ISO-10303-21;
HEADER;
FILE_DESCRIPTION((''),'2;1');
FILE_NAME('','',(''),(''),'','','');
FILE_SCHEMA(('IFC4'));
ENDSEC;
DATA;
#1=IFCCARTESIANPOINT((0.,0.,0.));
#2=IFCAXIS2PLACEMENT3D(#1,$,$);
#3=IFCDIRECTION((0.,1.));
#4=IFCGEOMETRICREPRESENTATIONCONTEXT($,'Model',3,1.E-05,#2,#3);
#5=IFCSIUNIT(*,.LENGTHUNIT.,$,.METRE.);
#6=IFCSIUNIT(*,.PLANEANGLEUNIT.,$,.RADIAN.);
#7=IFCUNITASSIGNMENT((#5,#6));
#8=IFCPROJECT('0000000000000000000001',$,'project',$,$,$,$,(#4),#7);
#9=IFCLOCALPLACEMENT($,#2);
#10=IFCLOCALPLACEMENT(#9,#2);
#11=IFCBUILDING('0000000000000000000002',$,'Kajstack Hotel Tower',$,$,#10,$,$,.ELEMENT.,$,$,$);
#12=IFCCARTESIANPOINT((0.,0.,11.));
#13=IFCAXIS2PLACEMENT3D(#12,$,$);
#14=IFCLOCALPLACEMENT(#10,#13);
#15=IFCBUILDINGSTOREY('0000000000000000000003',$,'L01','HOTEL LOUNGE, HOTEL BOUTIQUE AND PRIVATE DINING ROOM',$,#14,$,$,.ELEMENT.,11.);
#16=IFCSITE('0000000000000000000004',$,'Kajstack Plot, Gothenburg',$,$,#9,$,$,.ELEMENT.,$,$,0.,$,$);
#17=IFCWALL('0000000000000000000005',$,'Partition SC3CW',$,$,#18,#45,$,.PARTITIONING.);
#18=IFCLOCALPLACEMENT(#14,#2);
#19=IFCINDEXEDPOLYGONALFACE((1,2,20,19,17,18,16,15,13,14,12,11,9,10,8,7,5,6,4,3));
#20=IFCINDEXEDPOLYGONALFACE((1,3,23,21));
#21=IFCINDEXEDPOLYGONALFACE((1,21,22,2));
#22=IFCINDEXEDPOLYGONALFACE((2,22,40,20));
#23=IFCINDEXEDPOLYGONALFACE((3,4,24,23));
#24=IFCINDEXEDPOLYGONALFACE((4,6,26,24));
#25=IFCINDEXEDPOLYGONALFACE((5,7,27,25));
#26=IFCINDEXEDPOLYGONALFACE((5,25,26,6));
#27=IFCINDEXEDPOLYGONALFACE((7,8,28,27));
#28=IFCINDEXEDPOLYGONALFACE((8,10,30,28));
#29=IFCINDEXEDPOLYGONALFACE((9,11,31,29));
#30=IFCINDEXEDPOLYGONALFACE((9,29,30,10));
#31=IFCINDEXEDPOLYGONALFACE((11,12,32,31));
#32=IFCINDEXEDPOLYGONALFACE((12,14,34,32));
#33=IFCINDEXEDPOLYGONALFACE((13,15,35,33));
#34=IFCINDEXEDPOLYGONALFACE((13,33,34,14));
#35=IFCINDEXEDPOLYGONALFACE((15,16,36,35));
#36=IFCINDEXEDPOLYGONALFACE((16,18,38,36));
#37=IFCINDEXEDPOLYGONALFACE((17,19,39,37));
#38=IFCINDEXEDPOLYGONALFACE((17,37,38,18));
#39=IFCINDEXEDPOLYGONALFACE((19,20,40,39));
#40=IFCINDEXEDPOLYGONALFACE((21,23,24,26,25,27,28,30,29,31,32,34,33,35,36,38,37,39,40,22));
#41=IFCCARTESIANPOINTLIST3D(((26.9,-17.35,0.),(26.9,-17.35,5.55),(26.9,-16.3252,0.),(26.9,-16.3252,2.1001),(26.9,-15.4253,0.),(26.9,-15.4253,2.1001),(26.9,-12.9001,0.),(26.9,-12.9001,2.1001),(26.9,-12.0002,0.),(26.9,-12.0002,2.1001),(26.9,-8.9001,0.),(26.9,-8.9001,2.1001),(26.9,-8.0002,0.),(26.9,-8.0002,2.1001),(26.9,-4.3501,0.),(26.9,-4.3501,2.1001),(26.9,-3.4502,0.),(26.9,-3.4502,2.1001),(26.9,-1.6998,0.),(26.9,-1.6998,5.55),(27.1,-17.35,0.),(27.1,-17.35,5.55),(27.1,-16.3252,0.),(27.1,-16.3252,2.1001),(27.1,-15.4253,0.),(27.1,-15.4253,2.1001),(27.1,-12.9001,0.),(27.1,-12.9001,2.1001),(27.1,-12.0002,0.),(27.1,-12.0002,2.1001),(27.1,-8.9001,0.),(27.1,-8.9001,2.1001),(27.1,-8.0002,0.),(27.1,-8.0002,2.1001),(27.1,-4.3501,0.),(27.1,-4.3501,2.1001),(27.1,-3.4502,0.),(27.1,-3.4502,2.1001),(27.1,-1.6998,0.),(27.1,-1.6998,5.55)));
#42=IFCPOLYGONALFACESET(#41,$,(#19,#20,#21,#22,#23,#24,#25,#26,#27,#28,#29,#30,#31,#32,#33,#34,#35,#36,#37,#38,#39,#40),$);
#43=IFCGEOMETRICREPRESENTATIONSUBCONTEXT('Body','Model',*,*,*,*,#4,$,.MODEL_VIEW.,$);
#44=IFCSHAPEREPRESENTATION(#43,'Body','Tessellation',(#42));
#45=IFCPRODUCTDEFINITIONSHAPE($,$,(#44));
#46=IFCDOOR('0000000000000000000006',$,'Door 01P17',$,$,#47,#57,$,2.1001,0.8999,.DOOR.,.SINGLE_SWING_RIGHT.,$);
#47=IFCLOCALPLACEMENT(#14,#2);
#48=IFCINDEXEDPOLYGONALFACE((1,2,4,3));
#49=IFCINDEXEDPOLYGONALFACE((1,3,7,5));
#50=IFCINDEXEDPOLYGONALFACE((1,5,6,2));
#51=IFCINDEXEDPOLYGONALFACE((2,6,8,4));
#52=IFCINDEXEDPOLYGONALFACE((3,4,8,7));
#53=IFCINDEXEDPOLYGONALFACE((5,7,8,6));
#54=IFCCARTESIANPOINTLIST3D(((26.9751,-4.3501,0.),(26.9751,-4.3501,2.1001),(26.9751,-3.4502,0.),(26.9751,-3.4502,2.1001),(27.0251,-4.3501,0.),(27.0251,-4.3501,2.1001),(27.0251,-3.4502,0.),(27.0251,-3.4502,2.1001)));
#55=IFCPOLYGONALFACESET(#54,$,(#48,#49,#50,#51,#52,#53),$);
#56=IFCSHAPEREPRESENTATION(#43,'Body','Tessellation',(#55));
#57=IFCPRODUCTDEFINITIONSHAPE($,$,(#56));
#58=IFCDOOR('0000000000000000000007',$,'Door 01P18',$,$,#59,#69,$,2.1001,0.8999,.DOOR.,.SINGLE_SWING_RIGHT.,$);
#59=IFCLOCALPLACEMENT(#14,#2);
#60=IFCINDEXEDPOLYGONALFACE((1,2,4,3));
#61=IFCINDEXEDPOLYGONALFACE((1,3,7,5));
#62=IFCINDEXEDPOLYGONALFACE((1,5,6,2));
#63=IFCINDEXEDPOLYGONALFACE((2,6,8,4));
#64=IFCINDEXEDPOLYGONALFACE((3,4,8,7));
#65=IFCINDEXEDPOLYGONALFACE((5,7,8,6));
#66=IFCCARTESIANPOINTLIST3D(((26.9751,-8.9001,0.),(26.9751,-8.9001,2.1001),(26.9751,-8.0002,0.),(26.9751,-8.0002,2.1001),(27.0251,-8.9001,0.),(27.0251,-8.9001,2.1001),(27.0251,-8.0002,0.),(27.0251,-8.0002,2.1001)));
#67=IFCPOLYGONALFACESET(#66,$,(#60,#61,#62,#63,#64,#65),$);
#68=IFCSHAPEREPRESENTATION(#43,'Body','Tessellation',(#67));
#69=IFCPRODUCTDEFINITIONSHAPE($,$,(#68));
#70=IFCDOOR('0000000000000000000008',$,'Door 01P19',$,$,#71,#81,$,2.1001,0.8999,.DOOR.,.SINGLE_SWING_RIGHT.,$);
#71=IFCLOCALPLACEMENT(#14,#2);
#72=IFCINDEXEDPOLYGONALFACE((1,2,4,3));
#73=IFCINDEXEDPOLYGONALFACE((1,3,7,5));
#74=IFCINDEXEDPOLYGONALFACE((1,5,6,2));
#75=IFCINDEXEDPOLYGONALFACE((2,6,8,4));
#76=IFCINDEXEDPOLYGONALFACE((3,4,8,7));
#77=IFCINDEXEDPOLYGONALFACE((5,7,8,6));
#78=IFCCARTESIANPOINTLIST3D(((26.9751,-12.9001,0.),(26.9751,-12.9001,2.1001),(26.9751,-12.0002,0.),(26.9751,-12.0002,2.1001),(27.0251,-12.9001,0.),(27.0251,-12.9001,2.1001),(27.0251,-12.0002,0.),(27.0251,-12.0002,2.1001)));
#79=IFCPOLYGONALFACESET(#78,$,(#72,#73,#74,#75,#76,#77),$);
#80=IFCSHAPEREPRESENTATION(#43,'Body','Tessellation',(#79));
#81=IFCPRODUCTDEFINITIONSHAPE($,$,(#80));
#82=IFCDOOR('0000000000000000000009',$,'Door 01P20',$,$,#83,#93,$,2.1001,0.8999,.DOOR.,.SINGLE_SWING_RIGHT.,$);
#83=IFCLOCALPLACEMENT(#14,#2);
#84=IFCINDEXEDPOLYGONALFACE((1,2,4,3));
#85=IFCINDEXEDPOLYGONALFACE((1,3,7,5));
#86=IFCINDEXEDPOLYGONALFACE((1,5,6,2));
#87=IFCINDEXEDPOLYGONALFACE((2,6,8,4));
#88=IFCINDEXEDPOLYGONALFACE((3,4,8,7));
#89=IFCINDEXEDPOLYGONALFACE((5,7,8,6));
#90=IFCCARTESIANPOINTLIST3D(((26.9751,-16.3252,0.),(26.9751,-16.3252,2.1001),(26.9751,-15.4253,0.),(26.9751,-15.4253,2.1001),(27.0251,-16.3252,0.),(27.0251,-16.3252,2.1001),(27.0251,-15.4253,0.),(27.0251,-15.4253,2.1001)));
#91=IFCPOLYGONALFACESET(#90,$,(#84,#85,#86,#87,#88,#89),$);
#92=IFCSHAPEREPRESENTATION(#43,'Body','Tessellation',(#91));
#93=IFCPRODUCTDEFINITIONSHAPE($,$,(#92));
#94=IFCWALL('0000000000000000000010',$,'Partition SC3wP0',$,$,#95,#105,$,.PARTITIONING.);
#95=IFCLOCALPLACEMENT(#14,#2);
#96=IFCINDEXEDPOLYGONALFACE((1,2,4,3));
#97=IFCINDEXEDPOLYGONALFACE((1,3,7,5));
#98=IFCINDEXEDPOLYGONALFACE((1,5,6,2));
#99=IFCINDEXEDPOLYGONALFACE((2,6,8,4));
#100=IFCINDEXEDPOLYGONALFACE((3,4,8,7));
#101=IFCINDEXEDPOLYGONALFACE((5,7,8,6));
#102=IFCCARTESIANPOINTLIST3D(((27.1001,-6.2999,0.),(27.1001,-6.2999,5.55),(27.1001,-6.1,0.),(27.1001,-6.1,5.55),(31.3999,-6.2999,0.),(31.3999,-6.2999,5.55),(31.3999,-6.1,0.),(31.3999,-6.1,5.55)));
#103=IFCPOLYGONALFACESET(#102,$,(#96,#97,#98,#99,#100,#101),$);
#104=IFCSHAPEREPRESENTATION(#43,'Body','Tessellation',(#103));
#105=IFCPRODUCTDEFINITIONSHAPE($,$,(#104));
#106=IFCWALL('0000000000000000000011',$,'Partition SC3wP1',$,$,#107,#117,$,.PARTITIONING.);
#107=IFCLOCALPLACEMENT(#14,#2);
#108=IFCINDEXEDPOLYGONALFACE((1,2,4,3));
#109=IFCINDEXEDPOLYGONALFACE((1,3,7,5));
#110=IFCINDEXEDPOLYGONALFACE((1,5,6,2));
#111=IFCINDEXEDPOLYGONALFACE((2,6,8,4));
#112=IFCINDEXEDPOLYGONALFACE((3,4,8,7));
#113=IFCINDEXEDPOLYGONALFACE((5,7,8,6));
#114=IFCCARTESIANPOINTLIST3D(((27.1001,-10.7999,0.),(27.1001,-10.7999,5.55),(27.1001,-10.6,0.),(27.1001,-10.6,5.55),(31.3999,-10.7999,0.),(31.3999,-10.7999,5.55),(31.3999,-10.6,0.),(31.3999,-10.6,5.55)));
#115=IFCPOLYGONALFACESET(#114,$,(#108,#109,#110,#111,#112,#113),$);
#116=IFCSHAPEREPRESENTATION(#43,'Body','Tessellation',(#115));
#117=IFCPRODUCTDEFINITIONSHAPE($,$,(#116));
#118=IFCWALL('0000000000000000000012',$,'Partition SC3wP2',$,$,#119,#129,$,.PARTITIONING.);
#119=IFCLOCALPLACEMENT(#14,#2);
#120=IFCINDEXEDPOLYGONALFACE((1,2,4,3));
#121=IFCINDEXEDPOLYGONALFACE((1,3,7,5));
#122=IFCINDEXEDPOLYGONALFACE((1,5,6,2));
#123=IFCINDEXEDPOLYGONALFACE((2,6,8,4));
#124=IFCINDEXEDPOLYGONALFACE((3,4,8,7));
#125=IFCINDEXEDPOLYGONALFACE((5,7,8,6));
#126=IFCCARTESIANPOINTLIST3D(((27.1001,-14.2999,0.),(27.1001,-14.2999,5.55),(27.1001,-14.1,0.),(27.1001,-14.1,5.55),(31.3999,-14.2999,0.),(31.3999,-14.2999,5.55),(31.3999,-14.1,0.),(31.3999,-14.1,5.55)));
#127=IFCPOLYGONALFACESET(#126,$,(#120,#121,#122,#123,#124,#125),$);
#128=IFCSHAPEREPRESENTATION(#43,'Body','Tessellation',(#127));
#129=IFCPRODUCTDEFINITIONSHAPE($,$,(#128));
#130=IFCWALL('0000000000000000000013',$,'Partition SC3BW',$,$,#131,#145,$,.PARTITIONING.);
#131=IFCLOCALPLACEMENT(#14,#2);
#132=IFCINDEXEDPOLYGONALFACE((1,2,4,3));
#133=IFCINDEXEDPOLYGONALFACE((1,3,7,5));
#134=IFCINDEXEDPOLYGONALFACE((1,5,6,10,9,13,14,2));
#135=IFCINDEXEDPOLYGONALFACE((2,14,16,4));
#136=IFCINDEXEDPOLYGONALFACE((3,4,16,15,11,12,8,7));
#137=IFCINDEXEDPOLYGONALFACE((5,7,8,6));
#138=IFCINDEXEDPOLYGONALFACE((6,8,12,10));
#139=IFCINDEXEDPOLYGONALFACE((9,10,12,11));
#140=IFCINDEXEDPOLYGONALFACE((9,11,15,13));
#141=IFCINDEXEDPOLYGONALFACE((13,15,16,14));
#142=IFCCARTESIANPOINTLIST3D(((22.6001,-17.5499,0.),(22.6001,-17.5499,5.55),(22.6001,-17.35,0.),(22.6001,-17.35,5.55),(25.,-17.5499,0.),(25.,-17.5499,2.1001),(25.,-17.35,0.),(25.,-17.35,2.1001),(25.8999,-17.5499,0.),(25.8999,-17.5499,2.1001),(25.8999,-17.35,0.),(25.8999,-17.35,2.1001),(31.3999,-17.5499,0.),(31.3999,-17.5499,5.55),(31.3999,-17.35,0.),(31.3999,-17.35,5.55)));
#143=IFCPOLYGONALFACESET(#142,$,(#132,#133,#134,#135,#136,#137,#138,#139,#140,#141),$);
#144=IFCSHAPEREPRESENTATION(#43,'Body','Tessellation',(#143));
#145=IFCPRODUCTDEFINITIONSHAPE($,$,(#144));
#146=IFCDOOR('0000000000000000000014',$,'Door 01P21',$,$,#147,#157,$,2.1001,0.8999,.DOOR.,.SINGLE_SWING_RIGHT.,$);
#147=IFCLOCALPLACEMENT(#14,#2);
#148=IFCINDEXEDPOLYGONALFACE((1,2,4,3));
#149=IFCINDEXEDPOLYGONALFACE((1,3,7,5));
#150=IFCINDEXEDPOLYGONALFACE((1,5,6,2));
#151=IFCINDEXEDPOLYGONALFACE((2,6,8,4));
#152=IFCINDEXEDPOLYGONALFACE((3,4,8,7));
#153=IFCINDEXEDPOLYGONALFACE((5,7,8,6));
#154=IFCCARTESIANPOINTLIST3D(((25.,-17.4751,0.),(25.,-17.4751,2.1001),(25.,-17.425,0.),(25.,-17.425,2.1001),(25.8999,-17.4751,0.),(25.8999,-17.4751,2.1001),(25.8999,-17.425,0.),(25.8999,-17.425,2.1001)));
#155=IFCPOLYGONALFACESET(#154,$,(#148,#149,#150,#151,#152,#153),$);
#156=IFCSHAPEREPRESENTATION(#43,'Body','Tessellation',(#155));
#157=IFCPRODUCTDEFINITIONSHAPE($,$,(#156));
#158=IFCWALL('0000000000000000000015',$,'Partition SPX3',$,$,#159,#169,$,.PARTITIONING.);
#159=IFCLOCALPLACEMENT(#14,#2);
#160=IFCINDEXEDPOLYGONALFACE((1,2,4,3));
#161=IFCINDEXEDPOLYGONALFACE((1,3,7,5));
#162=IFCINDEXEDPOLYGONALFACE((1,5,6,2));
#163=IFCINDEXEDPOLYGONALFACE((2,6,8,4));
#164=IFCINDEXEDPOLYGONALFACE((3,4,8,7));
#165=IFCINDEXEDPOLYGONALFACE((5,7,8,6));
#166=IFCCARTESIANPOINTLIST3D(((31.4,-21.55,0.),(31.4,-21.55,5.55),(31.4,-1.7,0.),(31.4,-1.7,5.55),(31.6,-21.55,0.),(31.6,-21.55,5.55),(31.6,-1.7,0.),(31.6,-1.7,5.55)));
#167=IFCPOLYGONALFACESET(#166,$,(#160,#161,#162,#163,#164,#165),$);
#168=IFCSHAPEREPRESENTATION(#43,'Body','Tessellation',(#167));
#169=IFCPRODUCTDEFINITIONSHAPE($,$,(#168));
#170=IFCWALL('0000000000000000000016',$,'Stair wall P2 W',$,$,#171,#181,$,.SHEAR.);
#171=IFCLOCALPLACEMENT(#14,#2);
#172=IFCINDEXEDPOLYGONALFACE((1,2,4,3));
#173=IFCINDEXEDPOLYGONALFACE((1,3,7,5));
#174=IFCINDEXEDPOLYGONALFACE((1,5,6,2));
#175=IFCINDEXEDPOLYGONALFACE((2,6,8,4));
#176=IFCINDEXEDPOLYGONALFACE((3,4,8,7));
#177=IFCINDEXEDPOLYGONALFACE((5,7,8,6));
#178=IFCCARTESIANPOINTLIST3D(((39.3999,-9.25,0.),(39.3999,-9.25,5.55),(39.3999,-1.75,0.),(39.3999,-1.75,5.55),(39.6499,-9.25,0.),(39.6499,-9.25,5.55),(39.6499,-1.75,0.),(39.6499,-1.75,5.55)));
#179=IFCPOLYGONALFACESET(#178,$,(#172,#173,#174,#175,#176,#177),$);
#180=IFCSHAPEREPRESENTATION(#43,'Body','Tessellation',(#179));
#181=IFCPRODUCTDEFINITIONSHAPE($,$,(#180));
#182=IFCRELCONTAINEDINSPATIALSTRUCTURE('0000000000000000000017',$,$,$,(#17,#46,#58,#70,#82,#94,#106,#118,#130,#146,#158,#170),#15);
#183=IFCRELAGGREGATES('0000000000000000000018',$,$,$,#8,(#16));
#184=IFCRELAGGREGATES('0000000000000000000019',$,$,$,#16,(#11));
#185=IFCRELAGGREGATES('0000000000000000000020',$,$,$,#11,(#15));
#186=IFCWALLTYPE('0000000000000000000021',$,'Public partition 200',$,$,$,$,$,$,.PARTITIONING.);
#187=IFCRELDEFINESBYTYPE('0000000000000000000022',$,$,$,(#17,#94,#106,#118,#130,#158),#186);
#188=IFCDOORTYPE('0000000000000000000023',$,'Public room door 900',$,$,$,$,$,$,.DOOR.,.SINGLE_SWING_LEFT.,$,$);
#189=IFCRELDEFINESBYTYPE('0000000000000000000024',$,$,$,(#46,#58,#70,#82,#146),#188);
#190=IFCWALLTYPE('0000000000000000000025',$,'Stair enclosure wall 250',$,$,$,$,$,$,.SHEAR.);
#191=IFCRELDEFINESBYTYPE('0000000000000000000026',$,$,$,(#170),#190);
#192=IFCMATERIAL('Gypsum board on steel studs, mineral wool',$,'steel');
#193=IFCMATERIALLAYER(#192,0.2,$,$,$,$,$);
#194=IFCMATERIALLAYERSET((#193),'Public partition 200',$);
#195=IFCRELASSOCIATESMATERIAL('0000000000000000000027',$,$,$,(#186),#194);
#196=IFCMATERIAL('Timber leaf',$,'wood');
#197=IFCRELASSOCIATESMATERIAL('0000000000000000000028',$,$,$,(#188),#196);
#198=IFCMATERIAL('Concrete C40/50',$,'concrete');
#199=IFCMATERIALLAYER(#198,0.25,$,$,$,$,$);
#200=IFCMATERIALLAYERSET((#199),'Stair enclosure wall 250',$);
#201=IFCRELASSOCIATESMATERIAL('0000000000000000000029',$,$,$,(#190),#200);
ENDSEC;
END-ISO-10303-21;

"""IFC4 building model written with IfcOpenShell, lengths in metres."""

from ifc_helpers import new_model, si_unit, direction, frame, frame_2d, origin, place, context, subcontext, project, spatial, rectangle, extrude, material, layer, layer_set, type_object, element, fill, save


model = new_model("IFC4")

# Units and contexts
model_context = context("Model", 3, precision=1e-05, world=origin(), true_north=direction((0.0, 1.0)))
body_context = subcontext(model_context, "Body", "Model", "MODEL_VIEW")
ifc_project = project(units=[si_unit("LENGTHUNIT", "METRE"), si_unit("PLANEANGLEUNIT", "RADIAN")], contexts=[model_context])

# Site, building, storey
site_placement = place(None, origin())
site = spatial("IfcSite", under=ifc_project, at=site_placement, Name="Kajstack Plot, Gothenburg", CompositionType="ELEMENT", RefElevation=0.0)
building_placement = place(site_placement, origin())
building = spatial("IfcBuilding", under=site, at=building_placement, Name="Kajstack Hotel Tower", CompositionType="ELEMENT")
storey_placement = place(building_placement, frame((0.0, 0.0, 11.0)))
storey = spatial("IfcBuildingStorey", under=building, at=storey_placement, Name="L01", Description="HOTEL LOUNGE, HOTEL BOUTIQUE AND PRIVATE DINING ROOM", CompositionType="ELEMENT", Elevation=11.0)

# Wall, openings, doors
ifc_material_1 = material(Name="Gypsum board on steel studs, mineral wool", Category="steel")
ifc_layer_1 = layer(ifc_material_1, 0.2)
ifc_layer_set_1 = layer_set([ifc_layer_1], Name="Public partition 200")
wall_type_1 = type_object("IfcWallType", Name="Public partition 200", PredefinedType="PARTITIONING", material=ifc_layer_set_1)
wall_1_placement = place(storey_placement, frame((27.0, -17.3501, 0.0), z_axis=(0.0, 0.0, 1.0), x_axis=(0.0, 1.0, 0.0)))
wall_1 = element("IfcWall", 1, at=wall_1_placement, inside=storey, type_object=wall_type_1, Name="Partition SC3CW", PredefinedType="PARTITIONING", context=body_context, shape_type="SweptSolid", body=[
    extrude(rectangle(XDim=15.6501, YDim=0.2, at=frame_2d((7.8252, 0.0))), origin(), (0.0, 0.0, 1.0), 5.55),
])
opening_1_placement = place(wall_1_placement, frame((13.0, 0.0, 0.0)))
opening_1 = element("IfcOpeningElement", 2, at=opening_1_placement, cuts=wall_1, PredefinedType="OPENING", context=body_context, shape_type="SweptSolid", body=[
    extrude(rectangle(XDim=0.8999, YDim=2.1001, at=frame_2d((0.45, 1.05))), frame((0.0, 0.1099, 0.0), z_axis=(0.0, -1.0, 0.0), x_axis=(1.0, 0.0, 0.0)), (0.0, 0.0, 1.0), 0.22),
])
opening_2_placement = place(wall_1_placement, frame((8.45, 0.0, 0.0)))
opening_2 = element("IfcOpeningElement", 3, at=opening_2_placement, cuts=wall_1, PredefinedType="OPENING", context=body_context, shape_type="SweptSolid", body=[
    extrude(rectangle(XDim=0.8999, YDim=2.1001, at=frame_2d((0.45, 1.05))), frame((0.0, 0.1099, 0.0), z_axis=(0.0, -1.0, 0.0), x_axis=(1.0, 0.0, 0.0)), (0.0, 0.0, 1.0), 0.22),
])
opening_3_placement = place(wall_1_placement, frame((4.45, 0.0, 0.0)))
opening_3 = element("IfcOpeningElement", 4, at=opening_3_placement, cuts=wall_1, PredefinedType="OPENING", context=body_context, shape_type="SweptSolid", body=[
    extrude(rectangle(XDim=0.8999, YDim=2.1001, at=frame_2d((0.45, 1.05))), frame((0.0, 0.1099, 0.0), z_axis=(0.0, -1.0, 0.0), x_axis=(1.0, 0.0, 0.0)), (0.0, 0.0, 1.0), 0.22),
])
opening_4_placement = place(wall_1_placement, frame((1.0249, 0.0, 0.0)))
opening_4 = element("IfcOpeningElement", 5, at=opening_4_placement, cuts=wall_1, PredefinedType="OPENING", context=body_context, shape_type="SweptSolid", body=[
    extrude(rectangle(XDim=0.8999, YDim=2.1001, at=frame_2d((0.45, 1.05))), frame((0.0, 0.1099, 0.0), z_axis=(0.0, -1.0, 0.0), x_axis=(1.0, 0.0, 0.0)), (0.0, 0.0, 1.0), 0.22),
])
ifc_material_2 = material(Name="Timber leaf", Category="wood")
door_type_1 = type_object("IfcDoorType", Name="Public room door 900", OperationType="SINGLE_SWING_LEFT", PredefinedType="DOOR", material=ifc_material_2)
door_1_placement = place(opening_1_placement, origin())
door_1 = element("IfcDoor", 6, at=door_1_placement, inside=storey, type_object=door_type_1, Name="Door 01P17", OperationType="SINGLE_SWING_RIGHT", OverallHeight=2.1001, OverallWidth=0.8999, PredefinedType="DOOR", context=body_context, shape_type="SweptSolid", body=[
    extrude(rectangle(XDim=0.8999, YDim=2.1001, at=frame_2d((0.45, 1.05))), frame((0.0, 0.0249, 0.0), z_axis=(0.0, -1.0, 0.0), x_axis=(1.0, 0.0, 0.0)), (0.0, 0.0, 1.0), 0.05),
])
fill(opening_1, door_1)
door_2_placement = place(opening_2_placement, origin())
door_2 = element("IfcDoor", 7, at=door_2_placement, inside=storey, type_object=door_type_1, Name="Door 01P18", OperationType="SINGLE_SWING_RIGHT", OverallHeight=2.1001, OverallWidth=0.8999, PredefinedType="DOOR", context=body_context, shape_type="SweptSolid", body=[
    extrude(rectangle(XDim=0.8999, YDim=2.1001, at=frame_2d((0.45, 1.05))), frame((0.0, 0.0249, 0.0), z_axis=(0.0, -1.0, 0.0), x_axis=(1.0, 0.0, 0.0)), (0.0, 0.0, 1.0), 0.05),
])
fill(opening_2, door_2)
door_3_placement = place(opening_3_placement, origin())
door_3 = element("IfcDoor", 8, at=door_3_placement, inside=storey, type_object=door_type_1, Name="Door 01P19", OperationType="SINGLE_SWING_RIGHT", OverallHeight=2.1001, OverallWidth=0.8999, PredefinedType="DOOR", context=body_context, shape_type="SweptSolid", body=[
    extrude(rectangle(XDim=0.8999, YDim=2.1001, at=frame_2d((0.45, 1.05))), frame((0.0, 0.0249, 0.0), z_axis=(0.0, -1.0, 0.0), x_axis=(1.0, 0.0, 0.0)), (0.0, 0.0, 1.0), 0.05),
])
fill(opening_3, door_3)
door_4_placement = place(opening_4_placement, origin())
door_4 = element("IfcDoor", 9, at=door_4_placement, inside=storey, type_object=door_type_1, Name="Door 01P20", OperationType="SINGLE_SWING_RIGHT", OverallHeight=2.1001, OverallWidth=0.8999, PredefinedType="DOOR", context=body_context, shape_type="SweptSolid", body=[
    extrude(rectangle(XDim=0.8999, YDim=2.1001, at=frame_2d((0.45, 1.05))), frame((0.0, 0.0249, 0.0), z_axis=(0.0, -1.0, 0.0), x_axis=(1.0, 0.0, 0.0)), (0.0, 0.0, 1.0), 0.05),
])
fill(opening_4, door_4)

# Walls
for number, where, z_axis, x_axis, name in (
    (10, (27.1001, -6.2, 0.0), (0.0, 0.0, 1.0), (1.0, 0.0, 0.0), "Partition SC3wP0"),
    (11, (27.1001, -10.7, 0.0), (0.0, 0.0, 1.0), (1.0, 0.0, 0.0), "Partition SC3wP1"),
    (12, (27.1001, -14.2, 0.0), (0.0, 0.0, 1.0), (1.0, 0.0, 0.0), "Partition SC3wP2"),
):
    element("IfcWall", number, at=place(storey_placement, frame(where, z_axis=z_axis, x_axis=x_axis)), inside=storey, type_object=wall_type_1, Name=name, PredefinedType="PARTITIONING", context=body_context, shape_type="SweptSolid", body=[
        extrude(rectangle(XDim=4.2998, YDim=0.2, at=frame_2d((2.1499, 0.0))), origin(), (0.0, 0.0, 1.0), 5.55),
    ])

# Wall, opening, door
wall_2_placement = place(storey_placement, frame((22.6001, -17.45, 0.0), z_axis=(0.0, 0.0, 1.0), x_axis=(1.0, 0.0, 0.0)))
wall_2 = element("IfcWall", 13, at=wall_2_placement, inside=storey, type_object=wall_type_1, Name="Partition SC3BW", PredefinedType="PARTITIONING", context=body_context, shape_type="SweptSolid", body=[
    extrude(rectangle(XDim=8.7998, YDim=0.2, at=frame_2d((4.3999, 0.0))), origin(), (0.0, 0.0, 1.0), 5.55),
])
opening_5_placement = place(wall_2_placement, frame((2.3999, 0.0, 0.0)))
opening_5 = element("IfcOpeningElement", 14, at=opening_5_placement, cuts=wall_2, PredefinedType="OPENING", context=body_context, shape_type="SweptSolid", body=[
    extrude(rectangle(XDim=0.8999, YDim=2.1001, at=frame_2d((0.45, 1.05))), frame((0.0, 0.1099, 0.0), z_axis=(0.0, -1.0, 0.0), x_axis=(1.0, 0.0, 0.0)), (0.0, 0.0, 1.0), 0.22),
])
door_5_placement = place(opening_5_placement, origin())
door_5 = element("IfcDoor", 15, at=door_5_placement, inside=storey, type_object=door_type_1, Name="Door 01P21", OperationType="SINGLE_SWING_RIGHT", OverallHeight=2.1001, OverallWidth=0.8999, PredefinedType="DOOR", context=body_context, shape_type="SweptSolid", body=[
    extrude(rectangle(XDim=0.8999, YDim=2.1001, at=frame_2d((0.45, 1.05))), frame((0.0, 0.0249, 0.0), z_axis=(0.0, -1.0, 0.0), x_axis=(1.0, 0.0, 0.0)), (0.0, 0.0, 1.0), 0.05),
])
fill(opening_5, door_5)

# Walls
wall_3_placement = place(storey_placement, frame((31.5, -21.55, 0.0), z_axis=(0.0, 0.0, 1.0), x_axis=(0.0, 1.0, 0.0)))
element("IfcWall", 16, at=wall_3_placement, inside=storey, type_object=wall_type_1, Name="Partition SPX3", PredefinedType="PARTITIONING", context=body_context, shape_type="SweptSolid", body=[
    extrude(rectangle(XDim=19.8501, YDim=0.2, at=frame_2d((9.925, 0.0))), origin(), (0.0, 0.0, 1.0), 5.55),
])
ifc_material_3 = material(Name="Concrete C40/50", Category="concrete")
ifc_layer_2 = layer(ifc_material_3, 0.25)
ifc_layer_set_2 = layer_set([ifc_layer_2], Name="Stair enclosure wall 250")
wall_type_2 = type_object("IfcWallType", Name="Stair enclosure wall 250", PredefinedType="SHEAR", material=ifc_layer_set_2)
wall_4_placement = place(storey_placement, frame((39.5249, -9.25, 0.0), z_axis=(0.0, 0.0, 1.0), x_axis=(0.0, 1.0, 0.0)))
element("IfcWall", 17, at=wall_4_placement, inside=storey, type_object=wall_type_2, Name="Stair wall P2 W", PredefinedType="SHEAR", context=body_context, shape_type="SweptSolid", body=[
    extrude(rectangle(XDim=7.5, YDim=0.25, at=frame_2d((3.75, 0.0))), origin(), (0.0, 0.0, 1.0), 5.55),
])

save(model, "model.ifc")
